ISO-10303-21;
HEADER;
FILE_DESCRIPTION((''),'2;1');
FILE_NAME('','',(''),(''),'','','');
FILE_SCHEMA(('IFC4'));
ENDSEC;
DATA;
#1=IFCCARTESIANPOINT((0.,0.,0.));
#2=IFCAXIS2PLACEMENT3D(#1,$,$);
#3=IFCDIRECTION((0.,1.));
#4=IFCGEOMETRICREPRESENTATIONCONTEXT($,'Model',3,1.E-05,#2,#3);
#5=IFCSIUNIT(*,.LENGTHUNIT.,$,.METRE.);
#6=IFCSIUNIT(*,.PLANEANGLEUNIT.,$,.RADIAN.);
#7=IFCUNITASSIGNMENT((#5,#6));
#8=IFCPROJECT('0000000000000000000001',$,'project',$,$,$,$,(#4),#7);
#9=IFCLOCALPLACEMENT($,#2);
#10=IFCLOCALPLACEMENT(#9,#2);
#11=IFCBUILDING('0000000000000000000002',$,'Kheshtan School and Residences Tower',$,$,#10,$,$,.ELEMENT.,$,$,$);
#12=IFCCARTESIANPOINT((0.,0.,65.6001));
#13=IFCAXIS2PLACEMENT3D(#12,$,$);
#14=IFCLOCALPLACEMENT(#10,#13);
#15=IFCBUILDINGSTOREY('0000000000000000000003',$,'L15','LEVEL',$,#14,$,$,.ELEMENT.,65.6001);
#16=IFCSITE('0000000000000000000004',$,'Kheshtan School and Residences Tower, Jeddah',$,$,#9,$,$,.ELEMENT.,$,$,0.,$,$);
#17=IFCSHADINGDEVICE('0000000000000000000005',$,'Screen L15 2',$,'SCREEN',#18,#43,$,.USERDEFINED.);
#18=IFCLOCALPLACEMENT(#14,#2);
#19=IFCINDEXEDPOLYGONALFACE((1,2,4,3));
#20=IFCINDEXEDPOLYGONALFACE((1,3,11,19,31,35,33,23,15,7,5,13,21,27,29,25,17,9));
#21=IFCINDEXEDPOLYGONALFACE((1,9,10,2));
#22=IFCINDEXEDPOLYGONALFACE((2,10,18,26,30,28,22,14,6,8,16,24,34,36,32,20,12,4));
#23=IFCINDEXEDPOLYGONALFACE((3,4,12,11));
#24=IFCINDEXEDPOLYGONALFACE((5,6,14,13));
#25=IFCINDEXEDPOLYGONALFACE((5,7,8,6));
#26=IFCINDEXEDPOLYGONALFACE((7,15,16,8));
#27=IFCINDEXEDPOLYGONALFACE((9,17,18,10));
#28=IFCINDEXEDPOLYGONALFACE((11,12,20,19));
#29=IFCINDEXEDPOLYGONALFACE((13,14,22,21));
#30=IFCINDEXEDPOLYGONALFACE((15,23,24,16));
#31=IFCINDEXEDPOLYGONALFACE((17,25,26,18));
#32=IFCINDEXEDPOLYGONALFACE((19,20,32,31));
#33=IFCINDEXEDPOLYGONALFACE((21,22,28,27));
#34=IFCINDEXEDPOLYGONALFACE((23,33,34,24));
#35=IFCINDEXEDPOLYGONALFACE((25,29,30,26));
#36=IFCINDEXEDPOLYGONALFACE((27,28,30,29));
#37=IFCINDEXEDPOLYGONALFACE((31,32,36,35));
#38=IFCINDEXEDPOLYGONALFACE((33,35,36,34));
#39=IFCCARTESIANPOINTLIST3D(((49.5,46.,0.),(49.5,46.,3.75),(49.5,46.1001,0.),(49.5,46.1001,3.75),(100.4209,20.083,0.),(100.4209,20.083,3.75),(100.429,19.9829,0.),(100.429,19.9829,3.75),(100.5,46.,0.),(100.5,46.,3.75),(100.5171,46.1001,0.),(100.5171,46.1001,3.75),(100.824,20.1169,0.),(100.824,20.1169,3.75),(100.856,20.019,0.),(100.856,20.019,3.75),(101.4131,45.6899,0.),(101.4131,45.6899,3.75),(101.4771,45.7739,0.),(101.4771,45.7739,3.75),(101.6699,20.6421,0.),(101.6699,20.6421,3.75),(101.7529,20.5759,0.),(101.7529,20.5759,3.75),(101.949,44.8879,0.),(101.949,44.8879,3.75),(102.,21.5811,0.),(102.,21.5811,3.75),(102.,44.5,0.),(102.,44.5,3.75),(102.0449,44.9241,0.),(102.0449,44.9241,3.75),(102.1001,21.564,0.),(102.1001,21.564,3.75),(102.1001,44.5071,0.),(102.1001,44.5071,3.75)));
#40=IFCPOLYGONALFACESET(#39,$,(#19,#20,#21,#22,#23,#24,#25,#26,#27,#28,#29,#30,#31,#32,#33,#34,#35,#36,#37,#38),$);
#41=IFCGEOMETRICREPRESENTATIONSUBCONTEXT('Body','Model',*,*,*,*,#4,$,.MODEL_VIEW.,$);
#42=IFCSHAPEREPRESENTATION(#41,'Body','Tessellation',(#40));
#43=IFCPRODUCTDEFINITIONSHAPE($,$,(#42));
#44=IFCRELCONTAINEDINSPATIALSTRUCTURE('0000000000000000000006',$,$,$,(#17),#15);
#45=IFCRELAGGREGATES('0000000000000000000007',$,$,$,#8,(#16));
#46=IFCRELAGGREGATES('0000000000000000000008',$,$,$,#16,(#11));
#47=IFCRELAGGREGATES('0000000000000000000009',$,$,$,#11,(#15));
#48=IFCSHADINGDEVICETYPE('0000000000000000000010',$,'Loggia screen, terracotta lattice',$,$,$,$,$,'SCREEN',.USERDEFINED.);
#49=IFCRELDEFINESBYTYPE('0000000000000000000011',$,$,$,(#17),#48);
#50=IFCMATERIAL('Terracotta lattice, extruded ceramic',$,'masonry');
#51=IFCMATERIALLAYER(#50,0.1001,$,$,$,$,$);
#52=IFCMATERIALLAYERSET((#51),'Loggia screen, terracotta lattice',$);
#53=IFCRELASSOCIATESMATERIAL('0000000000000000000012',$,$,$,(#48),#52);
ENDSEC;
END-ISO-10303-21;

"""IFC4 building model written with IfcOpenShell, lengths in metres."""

from ifc_helpers import new_model, si_unit, direction, frame, origin, place, context, subcontext, project, spatial, polyline, outline, extrude, material, layer, layer_set, type_object, element, save


model = new_model("IFC4")

# Units and contexts
model_context = context("Model", 3, precision=1e-05, world=origin(), true_north=direction((0.0, 1.0)))
body_context = subcontext(model_context, "Body", "Model", "MODEL_VIEW")
ifc_project = project(units=[si_unit("LENGTHUNIT", "METRE"), si_unit("PLANEANGLEUNIT", "RADIAN")], contexts=[model_context])

# Site, building, storey
site_placement = place(None, origin())
site = spatial("IfcSite", under=ifc_project, at=site_placement, Name="Kheshtan School and Residences Tower, Jeddah", CompositionType="ELEMENT", RefElevation=0.0)
building_placement = place(site_placement, origin())
building = spatial("IfcBuilding", under=site, at=building_placement, Name="Kheshtan School and Residences Tower", CompositionType="ELEMENT")
storey_placement = place(building_placement, frame((0.0, 0.0, 65.6001)))
storey = spatial("IfcBuildingStorey", under=building, at=storey_placement, Name="L15", Description="LEVEL", CompositionType="ELEMENT", Elevation=65.6001)

# Shading device
ifc_material_1 = material(Name="Terracotta lattice, extruded ceramic", Category="masonry")
ifc_layer_1 = layer(ifc_material_1, 0.1001)
ifc_layer_set_1 = layer_set([ifc_layer_1], Name="Loggia screen, terracotta lattice")
shading_device_type_1 = type_object("IfcShadingDeviceType", Name="Loggia screen, terracotta lattice", ElementType="SCREEN", PredefinedType="USERDEFINED", material=ifc_layer_set_1)
shading_device_1_placement = place(storey_placement, origin())
element("IfcShadingDevice", 1, at=shading_device_1_placement, inside=storey, type_object=shading_device_type_1, Name="Screen L15 2", ObjectType="SCREEN", PredefinedType="USERDEFINED", context=body_context, shape_type="SweptSolid", body=[
    extrude(outline(polyline([(49.5, 46.0), (100.5, 46.0), (101.4131, 45.6899), (101.949, 44.8879), (102.0, 44.5), (102.0, 21.5811), (101.6699, 20.6421), (100.824, 20.1169), (100.4209, 20.083), (100.429, 19.9829), (100.856, 20.019), (101.7529, 20.5759), (102.1001, 21.564), (102.1001, 44.5071), (102.0449, 44.9241), (101.4771, 45.7739), (100.5171, 46.1001), (49.5, 46.1001), (49.5, 46.0)])), origin(), (0.0, 0.0, 1.0), 3.75),
])

save(model, "model.ifc")
